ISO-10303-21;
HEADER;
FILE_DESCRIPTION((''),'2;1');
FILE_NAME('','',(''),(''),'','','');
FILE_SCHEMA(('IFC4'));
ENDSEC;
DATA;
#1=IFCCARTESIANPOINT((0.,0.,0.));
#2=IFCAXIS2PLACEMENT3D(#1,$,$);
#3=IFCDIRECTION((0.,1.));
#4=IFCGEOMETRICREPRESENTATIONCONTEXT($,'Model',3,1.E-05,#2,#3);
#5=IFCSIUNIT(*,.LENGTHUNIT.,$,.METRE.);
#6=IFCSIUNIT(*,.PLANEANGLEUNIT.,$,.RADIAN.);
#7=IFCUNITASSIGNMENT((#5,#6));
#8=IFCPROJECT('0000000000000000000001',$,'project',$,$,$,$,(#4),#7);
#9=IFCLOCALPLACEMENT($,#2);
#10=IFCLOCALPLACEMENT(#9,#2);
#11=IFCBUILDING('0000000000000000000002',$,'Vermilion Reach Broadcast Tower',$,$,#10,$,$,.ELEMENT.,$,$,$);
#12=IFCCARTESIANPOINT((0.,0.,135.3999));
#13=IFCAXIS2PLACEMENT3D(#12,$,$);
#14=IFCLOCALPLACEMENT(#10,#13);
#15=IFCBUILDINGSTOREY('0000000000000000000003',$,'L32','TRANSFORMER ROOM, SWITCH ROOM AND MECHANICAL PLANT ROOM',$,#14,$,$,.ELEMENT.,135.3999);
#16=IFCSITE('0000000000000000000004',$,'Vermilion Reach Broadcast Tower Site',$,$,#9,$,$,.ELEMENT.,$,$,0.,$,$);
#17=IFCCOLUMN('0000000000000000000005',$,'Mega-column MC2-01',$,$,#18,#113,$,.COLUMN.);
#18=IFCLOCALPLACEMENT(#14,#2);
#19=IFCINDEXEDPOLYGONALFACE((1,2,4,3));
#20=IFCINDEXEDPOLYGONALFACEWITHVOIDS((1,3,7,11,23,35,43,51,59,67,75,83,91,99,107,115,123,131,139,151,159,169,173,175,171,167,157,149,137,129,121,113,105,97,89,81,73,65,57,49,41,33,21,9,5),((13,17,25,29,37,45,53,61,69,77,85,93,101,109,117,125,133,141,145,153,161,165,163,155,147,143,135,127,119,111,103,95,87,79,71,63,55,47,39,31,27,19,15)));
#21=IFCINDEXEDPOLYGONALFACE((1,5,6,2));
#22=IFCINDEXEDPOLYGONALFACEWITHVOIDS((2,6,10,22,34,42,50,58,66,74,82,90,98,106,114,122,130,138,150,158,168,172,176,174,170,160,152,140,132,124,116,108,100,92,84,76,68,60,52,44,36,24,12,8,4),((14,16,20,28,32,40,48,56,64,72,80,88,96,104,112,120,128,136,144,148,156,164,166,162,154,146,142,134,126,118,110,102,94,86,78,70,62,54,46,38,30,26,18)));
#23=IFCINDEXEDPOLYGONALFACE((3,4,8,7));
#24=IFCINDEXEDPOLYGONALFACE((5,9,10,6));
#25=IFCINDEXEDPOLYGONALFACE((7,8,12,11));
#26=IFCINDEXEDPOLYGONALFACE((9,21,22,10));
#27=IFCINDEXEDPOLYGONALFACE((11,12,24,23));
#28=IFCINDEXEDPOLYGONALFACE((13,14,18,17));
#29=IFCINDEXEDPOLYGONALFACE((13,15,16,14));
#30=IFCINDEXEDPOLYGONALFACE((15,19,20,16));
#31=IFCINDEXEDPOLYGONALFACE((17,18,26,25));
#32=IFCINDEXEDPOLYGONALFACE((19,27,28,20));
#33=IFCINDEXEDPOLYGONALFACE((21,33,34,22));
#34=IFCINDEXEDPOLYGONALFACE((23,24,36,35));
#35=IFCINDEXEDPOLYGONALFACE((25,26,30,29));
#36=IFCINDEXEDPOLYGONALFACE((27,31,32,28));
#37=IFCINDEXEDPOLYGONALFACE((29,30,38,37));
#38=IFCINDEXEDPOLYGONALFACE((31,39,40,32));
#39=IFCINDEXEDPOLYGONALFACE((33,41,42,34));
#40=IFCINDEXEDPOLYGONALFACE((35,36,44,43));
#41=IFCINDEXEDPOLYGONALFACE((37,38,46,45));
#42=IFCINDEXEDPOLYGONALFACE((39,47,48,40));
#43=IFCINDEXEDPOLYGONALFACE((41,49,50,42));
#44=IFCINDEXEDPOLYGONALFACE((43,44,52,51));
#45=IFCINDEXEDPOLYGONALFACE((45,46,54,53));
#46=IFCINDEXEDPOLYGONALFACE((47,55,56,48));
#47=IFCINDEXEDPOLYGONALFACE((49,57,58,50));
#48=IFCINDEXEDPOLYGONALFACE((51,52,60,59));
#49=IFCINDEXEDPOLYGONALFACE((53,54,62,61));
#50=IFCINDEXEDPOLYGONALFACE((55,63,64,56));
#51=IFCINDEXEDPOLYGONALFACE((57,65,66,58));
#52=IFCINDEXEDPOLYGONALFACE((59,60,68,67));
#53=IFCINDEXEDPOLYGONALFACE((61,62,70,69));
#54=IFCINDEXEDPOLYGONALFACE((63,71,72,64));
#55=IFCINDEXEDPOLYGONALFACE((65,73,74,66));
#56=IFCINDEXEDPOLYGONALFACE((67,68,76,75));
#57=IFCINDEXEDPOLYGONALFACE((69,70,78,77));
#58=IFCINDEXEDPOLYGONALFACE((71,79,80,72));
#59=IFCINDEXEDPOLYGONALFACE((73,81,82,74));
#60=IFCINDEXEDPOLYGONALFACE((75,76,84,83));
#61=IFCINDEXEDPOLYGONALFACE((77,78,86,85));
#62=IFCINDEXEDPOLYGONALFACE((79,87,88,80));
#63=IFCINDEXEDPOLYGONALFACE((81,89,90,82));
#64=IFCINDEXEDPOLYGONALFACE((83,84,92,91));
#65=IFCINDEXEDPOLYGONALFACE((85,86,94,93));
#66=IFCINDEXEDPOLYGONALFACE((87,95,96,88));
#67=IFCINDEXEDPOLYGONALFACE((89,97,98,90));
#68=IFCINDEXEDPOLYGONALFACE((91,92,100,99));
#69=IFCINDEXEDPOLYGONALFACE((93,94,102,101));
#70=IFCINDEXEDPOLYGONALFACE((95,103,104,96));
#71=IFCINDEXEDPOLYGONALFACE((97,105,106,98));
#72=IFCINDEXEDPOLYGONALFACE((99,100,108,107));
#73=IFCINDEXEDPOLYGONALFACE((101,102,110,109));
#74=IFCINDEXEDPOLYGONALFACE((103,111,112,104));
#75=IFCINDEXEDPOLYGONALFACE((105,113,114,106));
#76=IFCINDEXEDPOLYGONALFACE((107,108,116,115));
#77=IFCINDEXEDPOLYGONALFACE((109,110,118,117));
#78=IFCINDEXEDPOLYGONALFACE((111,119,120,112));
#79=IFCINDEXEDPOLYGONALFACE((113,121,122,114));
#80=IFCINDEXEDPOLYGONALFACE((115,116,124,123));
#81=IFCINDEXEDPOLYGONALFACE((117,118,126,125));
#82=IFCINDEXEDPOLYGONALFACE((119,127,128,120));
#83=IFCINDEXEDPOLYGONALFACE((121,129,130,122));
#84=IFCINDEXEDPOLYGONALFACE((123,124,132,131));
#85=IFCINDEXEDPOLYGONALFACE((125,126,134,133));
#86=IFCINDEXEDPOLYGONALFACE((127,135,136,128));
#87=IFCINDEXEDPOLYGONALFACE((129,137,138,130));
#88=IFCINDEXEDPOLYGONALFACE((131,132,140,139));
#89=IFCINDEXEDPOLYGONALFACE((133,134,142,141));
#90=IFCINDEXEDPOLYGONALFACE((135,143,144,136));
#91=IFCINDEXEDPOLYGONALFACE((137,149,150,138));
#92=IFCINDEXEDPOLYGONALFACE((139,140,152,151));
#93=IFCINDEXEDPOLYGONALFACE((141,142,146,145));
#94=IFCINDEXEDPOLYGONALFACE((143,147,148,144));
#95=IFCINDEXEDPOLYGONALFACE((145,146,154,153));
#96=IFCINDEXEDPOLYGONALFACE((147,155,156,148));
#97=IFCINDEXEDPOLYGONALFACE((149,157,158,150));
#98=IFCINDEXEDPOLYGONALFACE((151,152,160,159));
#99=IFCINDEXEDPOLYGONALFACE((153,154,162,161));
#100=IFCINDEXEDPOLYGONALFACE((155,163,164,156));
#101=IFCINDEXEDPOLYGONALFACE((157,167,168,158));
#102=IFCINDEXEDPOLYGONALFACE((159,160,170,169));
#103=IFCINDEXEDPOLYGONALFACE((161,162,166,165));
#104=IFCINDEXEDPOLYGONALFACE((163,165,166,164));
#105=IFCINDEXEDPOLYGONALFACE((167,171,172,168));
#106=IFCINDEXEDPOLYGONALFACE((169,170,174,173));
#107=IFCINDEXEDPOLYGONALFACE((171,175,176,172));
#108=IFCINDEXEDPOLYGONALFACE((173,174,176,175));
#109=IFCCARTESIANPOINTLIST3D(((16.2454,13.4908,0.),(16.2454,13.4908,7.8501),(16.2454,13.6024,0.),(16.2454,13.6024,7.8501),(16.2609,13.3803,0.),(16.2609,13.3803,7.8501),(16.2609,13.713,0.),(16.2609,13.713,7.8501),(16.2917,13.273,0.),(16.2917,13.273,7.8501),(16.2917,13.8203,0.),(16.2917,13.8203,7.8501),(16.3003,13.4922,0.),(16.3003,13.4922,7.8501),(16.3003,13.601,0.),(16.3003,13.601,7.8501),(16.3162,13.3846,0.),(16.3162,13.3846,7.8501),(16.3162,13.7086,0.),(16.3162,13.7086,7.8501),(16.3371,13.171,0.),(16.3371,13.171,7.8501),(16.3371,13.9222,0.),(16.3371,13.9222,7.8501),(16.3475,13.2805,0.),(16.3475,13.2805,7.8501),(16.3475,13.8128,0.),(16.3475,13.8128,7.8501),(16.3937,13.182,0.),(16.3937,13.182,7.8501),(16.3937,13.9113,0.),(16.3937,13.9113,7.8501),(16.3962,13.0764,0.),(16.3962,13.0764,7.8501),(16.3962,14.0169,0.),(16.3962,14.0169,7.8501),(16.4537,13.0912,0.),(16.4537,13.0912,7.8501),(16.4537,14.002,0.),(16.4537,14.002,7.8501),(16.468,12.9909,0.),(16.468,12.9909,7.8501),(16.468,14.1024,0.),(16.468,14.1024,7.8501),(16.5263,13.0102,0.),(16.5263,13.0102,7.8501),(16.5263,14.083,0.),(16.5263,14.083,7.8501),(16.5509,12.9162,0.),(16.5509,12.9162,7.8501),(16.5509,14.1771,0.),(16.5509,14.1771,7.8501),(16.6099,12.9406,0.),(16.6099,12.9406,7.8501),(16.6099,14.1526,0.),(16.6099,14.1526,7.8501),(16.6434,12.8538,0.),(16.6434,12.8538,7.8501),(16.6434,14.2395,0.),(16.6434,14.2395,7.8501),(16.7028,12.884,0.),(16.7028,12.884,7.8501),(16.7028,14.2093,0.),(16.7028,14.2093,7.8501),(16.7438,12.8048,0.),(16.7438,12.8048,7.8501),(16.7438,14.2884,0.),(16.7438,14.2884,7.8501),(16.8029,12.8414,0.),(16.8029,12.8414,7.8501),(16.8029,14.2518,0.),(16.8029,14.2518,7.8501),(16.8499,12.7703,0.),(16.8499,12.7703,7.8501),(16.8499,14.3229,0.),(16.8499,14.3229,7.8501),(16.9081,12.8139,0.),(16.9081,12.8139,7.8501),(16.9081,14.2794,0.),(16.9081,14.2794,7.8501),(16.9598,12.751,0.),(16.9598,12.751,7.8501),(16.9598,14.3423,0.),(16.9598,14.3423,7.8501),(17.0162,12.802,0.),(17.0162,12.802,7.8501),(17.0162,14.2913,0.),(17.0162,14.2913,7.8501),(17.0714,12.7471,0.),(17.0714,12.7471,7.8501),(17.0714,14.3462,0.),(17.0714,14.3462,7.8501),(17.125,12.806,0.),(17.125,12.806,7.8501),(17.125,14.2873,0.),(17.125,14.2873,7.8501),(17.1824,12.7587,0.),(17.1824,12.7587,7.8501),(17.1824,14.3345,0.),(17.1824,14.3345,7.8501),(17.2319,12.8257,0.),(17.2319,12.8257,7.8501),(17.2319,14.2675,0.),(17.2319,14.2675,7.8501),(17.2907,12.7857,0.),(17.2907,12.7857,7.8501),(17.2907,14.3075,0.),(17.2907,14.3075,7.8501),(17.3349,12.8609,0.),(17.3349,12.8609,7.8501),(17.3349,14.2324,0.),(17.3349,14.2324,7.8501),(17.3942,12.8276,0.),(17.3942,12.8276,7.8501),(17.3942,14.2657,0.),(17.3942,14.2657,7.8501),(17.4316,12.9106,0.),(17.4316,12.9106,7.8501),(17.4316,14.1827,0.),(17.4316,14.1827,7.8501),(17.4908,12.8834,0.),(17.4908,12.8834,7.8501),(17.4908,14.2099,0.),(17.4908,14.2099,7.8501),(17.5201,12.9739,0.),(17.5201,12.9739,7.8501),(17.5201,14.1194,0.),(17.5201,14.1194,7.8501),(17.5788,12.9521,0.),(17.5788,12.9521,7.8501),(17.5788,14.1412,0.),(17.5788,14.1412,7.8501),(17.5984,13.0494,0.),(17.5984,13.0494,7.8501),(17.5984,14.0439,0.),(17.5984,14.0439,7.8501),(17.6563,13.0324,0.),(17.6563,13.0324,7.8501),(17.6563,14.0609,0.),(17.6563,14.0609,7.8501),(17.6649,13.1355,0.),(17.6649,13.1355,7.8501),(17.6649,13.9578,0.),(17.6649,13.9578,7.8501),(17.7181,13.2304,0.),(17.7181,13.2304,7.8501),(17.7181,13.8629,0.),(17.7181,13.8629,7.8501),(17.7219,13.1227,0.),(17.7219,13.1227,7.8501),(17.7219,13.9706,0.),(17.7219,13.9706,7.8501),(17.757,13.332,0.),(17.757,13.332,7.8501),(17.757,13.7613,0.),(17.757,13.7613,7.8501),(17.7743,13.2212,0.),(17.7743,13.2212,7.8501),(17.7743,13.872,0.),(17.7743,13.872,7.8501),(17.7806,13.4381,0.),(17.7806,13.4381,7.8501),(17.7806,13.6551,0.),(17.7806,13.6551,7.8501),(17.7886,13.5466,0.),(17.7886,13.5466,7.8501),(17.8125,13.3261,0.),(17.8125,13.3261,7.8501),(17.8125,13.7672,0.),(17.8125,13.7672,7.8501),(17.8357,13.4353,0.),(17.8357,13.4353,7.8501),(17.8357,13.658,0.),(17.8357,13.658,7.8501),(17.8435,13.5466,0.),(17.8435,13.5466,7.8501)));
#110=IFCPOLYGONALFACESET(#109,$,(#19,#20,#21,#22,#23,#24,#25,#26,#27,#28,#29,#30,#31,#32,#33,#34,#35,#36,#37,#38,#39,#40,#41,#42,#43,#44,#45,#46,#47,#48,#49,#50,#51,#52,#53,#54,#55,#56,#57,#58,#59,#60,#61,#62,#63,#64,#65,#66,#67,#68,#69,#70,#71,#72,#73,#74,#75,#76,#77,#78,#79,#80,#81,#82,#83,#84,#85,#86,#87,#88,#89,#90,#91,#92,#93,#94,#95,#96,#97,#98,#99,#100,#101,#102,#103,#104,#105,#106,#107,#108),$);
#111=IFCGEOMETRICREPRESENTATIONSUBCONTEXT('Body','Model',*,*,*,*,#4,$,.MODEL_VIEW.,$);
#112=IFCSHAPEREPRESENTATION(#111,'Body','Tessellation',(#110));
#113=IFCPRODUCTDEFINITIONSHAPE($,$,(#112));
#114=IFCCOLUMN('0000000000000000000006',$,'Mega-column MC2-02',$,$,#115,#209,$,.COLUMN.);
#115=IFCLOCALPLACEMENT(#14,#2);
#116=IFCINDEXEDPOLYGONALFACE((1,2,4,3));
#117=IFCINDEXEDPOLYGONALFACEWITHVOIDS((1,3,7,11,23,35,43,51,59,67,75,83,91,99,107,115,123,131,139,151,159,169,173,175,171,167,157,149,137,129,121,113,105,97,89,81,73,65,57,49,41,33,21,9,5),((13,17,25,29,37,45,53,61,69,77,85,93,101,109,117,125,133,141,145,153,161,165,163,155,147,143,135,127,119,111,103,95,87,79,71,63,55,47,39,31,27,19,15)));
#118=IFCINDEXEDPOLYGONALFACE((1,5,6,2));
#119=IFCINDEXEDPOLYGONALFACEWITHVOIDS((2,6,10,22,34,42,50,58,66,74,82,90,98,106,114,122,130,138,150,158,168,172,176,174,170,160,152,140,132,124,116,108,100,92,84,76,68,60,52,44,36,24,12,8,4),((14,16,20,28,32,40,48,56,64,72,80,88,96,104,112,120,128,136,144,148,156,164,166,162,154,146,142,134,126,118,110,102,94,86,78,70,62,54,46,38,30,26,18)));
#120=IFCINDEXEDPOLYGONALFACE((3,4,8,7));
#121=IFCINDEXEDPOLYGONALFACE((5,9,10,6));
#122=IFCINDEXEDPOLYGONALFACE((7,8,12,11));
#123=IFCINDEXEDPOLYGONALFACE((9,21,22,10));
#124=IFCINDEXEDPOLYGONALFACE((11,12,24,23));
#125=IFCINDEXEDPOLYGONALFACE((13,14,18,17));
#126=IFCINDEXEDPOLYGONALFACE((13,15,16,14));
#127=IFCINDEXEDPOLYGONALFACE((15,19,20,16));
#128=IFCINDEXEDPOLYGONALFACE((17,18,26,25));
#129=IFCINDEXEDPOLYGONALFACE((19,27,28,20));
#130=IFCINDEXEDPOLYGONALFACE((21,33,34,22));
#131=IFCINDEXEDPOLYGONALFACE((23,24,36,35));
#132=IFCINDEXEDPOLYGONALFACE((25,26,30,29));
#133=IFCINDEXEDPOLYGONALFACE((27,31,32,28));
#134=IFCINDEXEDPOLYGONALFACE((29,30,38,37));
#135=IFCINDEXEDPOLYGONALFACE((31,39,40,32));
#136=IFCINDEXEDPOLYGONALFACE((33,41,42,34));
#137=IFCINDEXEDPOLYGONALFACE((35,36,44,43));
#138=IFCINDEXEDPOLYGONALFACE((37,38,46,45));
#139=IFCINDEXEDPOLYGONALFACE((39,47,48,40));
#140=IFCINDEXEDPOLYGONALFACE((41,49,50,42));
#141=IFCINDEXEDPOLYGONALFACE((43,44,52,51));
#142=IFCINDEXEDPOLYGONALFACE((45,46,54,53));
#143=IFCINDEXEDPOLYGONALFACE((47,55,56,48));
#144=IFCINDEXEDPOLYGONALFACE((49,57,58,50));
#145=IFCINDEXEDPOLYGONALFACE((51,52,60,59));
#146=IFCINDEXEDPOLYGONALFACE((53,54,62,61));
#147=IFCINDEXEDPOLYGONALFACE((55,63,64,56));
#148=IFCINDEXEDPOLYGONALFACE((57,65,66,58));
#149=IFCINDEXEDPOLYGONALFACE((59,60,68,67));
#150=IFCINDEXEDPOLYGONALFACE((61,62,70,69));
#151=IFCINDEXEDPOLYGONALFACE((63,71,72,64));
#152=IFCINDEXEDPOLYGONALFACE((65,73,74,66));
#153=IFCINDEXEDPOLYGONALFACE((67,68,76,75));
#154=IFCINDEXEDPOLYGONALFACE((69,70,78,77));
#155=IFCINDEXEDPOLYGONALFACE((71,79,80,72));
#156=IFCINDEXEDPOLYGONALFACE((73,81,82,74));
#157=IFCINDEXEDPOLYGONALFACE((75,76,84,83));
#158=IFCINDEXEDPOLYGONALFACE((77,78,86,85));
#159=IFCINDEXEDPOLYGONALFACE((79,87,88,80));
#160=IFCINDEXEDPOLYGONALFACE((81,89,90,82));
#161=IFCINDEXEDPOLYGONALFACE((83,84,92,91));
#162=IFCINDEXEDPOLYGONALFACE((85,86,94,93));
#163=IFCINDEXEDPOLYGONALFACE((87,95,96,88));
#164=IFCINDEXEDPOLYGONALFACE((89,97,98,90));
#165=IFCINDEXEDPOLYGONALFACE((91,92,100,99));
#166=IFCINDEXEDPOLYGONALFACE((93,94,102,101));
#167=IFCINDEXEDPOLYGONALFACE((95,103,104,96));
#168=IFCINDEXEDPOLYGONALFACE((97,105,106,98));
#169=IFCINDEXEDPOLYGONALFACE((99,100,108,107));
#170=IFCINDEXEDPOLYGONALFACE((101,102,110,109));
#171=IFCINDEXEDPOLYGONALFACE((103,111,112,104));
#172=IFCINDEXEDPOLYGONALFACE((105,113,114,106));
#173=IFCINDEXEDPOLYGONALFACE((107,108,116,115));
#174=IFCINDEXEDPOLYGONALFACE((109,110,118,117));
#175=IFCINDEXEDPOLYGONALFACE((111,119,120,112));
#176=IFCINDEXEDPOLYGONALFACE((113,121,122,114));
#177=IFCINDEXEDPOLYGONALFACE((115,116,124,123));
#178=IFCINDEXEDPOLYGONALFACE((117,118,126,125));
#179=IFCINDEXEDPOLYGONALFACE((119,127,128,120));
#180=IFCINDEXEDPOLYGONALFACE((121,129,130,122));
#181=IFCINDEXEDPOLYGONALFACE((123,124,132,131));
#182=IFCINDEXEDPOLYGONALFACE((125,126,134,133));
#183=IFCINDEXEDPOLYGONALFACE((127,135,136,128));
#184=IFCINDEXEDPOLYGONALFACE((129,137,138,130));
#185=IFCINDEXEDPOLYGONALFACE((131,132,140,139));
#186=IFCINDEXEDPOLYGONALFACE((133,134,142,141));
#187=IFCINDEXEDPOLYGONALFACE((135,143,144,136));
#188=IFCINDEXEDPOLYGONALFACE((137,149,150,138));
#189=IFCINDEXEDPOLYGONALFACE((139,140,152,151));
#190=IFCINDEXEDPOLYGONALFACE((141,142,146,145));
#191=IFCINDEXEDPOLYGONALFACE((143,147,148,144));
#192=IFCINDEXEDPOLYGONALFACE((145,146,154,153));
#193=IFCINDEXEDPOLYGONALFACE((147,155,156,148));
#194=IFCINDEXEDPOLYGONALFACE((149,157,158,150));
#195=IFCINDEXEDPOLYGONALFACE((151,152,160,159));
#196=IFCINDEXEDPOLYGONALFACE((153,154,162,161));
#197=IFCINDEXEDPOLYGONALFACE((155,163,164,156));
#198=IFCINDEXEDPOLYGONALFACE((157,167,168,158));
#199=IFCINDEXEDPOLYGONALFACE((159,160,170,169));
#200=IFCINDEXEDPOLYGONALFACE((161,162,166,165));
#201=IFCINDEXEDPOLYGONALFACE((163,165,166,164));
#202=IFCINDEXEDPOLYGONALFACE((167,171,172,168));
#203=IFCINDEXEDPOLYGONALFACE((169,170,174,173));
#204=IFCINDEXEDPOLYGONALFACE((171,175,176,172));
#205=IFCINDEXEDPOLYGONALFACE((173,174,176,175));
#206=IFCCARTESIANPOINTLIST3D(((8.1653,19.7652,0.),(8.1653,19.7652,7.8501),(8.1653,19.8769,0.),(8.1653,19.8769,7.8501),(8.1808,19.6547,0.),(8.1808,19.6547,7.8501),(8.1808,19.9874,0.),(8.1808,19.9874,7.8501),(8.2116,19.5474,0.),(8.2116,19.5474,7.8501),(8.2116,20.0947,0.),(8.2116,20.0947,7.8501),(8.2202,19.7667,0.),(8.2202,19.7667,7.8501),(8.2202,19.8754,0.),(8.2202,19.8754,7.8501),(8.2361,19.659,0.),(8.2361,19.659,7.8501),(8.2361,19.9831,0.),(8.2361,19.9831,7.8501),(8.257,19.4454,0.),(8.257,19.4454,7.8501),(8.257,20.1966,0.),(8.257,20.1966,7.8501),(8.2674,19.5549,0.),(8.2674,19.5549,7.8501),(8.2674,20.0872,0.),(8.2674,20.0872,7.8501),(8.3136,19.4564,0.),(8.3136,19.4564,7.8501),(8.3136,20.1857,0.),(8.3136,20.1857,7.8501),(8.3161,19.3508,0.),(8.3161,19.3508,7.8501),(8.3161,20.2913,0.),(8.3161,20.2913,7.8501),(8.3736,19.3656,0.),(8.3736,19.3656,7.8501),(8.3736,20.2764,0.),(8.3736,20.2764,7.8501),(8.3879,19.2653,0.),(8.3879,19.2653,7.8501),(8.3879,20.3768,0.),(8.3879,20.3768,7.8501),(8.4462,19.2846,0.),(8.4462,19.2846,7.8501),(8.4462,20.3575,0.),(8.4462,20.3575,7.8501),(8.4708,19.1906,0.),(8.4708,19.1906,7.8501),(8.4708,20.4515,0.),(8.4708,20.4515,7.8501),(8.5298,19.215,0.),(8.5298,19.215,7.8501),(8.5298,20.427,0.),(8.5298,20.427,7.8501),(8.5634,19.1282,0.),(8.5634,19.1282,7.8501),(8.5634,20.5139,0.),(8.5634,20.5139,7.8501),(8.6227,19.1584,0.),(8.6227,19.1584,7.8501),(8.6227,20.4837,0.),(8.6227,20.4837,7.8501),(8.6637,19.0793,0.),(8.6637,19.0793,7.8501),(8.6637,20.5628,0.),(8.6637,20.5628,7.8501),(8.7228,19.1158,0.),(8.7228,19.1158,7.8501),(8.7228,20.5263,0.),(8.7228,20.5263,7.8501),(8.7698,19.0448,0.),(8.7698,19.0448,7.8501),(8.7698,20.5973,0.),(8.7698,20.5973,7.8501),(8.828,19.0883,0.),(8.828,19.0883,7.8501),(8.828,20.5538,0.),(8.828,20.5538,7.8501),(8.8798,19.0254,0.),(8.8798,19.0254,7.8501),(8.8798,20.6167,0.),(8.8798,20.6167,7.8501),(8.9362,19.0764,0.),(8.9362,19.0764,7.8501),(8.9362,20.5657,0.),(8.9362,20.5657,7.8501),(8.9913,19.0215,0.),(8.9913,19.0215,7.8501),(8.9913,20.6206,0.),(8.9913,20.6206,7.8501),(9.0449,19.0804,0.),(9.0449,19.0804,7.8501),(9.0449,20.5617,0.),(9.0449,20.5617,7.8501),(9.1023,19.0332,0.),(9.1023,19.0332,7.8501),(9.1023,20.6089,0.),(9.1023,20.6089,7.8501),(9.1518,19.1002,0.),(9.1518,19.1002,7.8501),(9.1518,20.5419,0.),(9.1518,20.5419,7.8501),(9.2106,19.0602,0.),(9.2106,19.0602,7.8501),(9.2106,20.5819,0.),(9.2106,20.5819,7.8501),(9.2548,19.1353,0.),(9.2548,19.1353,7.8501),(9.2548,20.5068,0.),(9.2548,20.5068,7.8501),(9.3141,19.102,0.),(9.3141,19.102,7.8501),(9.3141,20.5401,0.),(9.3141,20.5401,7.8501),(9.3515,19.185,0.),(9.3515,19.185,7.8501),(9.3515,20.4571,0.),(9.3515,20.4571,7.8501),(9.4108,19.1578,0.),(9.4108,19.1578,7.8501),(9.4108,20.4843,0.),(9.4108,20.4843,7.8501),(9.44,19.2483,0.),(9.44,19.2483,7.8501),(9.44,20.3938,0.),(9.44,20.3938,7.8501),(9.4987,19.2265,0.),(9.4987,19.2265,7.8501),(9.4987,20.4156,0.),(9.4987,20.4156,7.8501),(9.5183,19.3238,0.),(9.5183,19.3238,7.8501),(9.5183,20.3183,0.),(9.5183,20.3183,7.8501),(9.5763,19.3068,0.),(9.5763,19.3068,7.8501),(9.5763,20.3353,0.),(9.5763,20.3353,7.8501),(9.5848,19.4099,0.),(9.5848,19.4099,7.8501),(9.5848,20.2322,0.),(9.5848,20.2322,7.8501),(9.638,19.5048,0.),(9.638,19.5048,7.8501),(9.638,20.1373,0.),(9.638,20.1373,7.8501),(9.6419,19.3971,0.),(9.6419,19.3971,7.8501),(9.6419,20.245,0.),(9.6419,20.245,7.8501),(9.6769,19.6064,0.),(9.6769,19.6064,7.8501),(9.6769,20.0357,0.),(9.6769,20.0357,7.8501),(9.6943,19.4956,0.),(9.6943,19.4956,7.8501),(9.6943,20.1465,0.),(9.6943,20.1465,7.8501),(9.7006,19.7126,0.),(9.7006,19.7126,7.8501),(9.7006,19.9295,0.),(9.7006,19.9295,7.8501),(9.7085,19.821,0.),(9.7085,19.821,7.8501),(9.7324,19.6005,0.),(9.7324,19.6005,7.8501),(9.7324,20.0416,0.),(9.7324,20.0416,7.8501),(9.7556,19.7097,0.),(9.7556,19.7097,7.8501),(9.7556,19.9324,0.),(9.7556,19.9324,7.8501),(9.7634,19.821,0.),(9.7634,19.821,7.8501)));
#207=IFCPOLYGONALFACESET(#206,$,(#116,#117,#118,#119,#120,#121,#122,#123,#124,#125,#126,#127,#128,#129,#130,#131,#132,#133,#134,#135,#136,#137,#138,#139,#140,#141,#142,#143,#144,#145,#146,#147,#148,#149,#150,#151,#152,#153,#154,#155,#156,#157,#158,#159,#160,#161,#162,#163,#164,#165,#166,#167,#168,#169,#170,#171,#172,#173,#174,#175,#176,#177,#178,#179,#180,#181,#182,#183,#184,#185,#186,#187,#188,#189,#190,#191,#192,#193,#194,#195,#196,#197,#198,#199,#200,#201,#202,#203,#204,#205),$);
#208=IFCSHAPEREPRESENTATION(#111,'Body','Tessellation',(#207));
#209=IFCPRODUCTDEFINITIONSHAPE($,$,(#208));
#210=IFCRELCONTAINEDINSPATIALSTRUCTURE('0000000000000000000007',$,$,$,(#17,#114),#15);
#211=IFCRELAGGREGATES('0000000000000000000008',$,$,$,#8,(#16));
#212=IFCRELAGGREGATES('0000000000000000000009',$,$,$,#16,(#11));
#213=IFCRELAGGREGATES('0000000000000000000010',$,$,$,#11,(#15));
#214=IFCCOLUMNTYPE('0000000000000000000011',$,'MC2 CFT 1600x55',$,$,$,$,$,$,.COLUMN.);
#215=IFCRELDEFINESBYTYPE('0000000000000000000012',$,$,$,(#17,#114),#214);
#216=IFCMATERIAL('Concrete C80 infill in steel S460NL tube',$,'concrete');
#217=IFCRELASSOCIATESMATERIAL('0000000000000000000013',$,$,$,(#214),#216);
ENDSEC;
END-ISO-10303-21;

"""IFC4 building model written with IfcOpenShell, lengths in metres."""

from ifc_helpers import new_model, si_unit, direction, frame, origin, origin_2d, place, context, subcontext, project, spatial, hollow_circle, extrude, material, material_profile, profile_set, type_object, element, save


model = new_model("IFC4")

# Units and contexts
model_context = context("Model", 3, precision=1e-05, world=origin(), true_north=direction((0.0, 1.0)))
body_context = subcontext(model_context, "Body", "Model", "MODEL_VIEW")
ifc_project = project(units=[si_unit("LENGTHUNIT", "METRE"), si_unit("PLANEANGLEUNIT", "RADIAN")], contexts=[model_context])

# Site, building, storey
site_placement = place(None, origin())
site = spatial("IfcSite", under=ifc_project, at=site_placement, Name="Vermilion Reach Broadcast Tower Site", CompositionType="ELEMENT", RefElevation=0.0)
building_placement = place(site_placement, origin())
building = spatial("IfcBuilding", under=site, at=building_placement, Name="Vermilion Reach Broadcast Tower", CompositionType="ELEMENT")
storey_placement = place(building_placement, frame((0.0, 0.0, 135.3999)))
storey = spatial("IfcBuildingStorey", under=building, at=storey_placement, Name="L32", Description="TRANSFORMER ROOM, SWITCH ROOM AND MECHANICAL PLANT ROOM", CompositionType="ELEMENT", Elevation=135.3999)

# Columns
ifc_material_1 = material(Name="Concrete C80 infill in steel S460NL tube", Category="concrete")
ifc_material_profile_1 = material_profile(ifc_material_1, hollow_circle(Radius=0.8, WallThickness=0.0549, at=origin_2d()), Name="Concrete C80 infill in steel S460NL tube CFT 1600x55")
ifc_profile_set_1 = profile_set([ifc_material_profile_1], Name="Concrete C80 infill in steel S460NL tube")
column_type = type_object("IfcColumnType", Name="MC2 CFT 1600x55", PredefinedType="COLUMN", material=ifc_profile_set_1)
for number, where, z_axis, x_axis, name in (
    (1, (17.0435, 13.5466, 0.0), (0.0, 0.0, 1.0), (1.0, 0.0, 0.0), "Mega-column MC2-01"),
    (2, (8.9634, 19.821, 0.0), (0.0, 0.0, 1.0), (1.0, 0.0, 0.0), "Mega-column MC2-02"),
):
    element("IfcColumn", number, at=place(storey_placement, frame(where, z_axis=z_axis, x_axis=x_axis)), inside=storey, type_object=column_type, Name=name, PredefinedType="COLUMN", context=body_context, shape_type="SweptSolid", body=[
        extrude(hollow_circle(Radius=0.8, WallThickness=0.0549, at=origin_2d()), origin(), (0.0, 0.0, 1.0), 7.8501),
    ])

save(model, "model.ifc")
